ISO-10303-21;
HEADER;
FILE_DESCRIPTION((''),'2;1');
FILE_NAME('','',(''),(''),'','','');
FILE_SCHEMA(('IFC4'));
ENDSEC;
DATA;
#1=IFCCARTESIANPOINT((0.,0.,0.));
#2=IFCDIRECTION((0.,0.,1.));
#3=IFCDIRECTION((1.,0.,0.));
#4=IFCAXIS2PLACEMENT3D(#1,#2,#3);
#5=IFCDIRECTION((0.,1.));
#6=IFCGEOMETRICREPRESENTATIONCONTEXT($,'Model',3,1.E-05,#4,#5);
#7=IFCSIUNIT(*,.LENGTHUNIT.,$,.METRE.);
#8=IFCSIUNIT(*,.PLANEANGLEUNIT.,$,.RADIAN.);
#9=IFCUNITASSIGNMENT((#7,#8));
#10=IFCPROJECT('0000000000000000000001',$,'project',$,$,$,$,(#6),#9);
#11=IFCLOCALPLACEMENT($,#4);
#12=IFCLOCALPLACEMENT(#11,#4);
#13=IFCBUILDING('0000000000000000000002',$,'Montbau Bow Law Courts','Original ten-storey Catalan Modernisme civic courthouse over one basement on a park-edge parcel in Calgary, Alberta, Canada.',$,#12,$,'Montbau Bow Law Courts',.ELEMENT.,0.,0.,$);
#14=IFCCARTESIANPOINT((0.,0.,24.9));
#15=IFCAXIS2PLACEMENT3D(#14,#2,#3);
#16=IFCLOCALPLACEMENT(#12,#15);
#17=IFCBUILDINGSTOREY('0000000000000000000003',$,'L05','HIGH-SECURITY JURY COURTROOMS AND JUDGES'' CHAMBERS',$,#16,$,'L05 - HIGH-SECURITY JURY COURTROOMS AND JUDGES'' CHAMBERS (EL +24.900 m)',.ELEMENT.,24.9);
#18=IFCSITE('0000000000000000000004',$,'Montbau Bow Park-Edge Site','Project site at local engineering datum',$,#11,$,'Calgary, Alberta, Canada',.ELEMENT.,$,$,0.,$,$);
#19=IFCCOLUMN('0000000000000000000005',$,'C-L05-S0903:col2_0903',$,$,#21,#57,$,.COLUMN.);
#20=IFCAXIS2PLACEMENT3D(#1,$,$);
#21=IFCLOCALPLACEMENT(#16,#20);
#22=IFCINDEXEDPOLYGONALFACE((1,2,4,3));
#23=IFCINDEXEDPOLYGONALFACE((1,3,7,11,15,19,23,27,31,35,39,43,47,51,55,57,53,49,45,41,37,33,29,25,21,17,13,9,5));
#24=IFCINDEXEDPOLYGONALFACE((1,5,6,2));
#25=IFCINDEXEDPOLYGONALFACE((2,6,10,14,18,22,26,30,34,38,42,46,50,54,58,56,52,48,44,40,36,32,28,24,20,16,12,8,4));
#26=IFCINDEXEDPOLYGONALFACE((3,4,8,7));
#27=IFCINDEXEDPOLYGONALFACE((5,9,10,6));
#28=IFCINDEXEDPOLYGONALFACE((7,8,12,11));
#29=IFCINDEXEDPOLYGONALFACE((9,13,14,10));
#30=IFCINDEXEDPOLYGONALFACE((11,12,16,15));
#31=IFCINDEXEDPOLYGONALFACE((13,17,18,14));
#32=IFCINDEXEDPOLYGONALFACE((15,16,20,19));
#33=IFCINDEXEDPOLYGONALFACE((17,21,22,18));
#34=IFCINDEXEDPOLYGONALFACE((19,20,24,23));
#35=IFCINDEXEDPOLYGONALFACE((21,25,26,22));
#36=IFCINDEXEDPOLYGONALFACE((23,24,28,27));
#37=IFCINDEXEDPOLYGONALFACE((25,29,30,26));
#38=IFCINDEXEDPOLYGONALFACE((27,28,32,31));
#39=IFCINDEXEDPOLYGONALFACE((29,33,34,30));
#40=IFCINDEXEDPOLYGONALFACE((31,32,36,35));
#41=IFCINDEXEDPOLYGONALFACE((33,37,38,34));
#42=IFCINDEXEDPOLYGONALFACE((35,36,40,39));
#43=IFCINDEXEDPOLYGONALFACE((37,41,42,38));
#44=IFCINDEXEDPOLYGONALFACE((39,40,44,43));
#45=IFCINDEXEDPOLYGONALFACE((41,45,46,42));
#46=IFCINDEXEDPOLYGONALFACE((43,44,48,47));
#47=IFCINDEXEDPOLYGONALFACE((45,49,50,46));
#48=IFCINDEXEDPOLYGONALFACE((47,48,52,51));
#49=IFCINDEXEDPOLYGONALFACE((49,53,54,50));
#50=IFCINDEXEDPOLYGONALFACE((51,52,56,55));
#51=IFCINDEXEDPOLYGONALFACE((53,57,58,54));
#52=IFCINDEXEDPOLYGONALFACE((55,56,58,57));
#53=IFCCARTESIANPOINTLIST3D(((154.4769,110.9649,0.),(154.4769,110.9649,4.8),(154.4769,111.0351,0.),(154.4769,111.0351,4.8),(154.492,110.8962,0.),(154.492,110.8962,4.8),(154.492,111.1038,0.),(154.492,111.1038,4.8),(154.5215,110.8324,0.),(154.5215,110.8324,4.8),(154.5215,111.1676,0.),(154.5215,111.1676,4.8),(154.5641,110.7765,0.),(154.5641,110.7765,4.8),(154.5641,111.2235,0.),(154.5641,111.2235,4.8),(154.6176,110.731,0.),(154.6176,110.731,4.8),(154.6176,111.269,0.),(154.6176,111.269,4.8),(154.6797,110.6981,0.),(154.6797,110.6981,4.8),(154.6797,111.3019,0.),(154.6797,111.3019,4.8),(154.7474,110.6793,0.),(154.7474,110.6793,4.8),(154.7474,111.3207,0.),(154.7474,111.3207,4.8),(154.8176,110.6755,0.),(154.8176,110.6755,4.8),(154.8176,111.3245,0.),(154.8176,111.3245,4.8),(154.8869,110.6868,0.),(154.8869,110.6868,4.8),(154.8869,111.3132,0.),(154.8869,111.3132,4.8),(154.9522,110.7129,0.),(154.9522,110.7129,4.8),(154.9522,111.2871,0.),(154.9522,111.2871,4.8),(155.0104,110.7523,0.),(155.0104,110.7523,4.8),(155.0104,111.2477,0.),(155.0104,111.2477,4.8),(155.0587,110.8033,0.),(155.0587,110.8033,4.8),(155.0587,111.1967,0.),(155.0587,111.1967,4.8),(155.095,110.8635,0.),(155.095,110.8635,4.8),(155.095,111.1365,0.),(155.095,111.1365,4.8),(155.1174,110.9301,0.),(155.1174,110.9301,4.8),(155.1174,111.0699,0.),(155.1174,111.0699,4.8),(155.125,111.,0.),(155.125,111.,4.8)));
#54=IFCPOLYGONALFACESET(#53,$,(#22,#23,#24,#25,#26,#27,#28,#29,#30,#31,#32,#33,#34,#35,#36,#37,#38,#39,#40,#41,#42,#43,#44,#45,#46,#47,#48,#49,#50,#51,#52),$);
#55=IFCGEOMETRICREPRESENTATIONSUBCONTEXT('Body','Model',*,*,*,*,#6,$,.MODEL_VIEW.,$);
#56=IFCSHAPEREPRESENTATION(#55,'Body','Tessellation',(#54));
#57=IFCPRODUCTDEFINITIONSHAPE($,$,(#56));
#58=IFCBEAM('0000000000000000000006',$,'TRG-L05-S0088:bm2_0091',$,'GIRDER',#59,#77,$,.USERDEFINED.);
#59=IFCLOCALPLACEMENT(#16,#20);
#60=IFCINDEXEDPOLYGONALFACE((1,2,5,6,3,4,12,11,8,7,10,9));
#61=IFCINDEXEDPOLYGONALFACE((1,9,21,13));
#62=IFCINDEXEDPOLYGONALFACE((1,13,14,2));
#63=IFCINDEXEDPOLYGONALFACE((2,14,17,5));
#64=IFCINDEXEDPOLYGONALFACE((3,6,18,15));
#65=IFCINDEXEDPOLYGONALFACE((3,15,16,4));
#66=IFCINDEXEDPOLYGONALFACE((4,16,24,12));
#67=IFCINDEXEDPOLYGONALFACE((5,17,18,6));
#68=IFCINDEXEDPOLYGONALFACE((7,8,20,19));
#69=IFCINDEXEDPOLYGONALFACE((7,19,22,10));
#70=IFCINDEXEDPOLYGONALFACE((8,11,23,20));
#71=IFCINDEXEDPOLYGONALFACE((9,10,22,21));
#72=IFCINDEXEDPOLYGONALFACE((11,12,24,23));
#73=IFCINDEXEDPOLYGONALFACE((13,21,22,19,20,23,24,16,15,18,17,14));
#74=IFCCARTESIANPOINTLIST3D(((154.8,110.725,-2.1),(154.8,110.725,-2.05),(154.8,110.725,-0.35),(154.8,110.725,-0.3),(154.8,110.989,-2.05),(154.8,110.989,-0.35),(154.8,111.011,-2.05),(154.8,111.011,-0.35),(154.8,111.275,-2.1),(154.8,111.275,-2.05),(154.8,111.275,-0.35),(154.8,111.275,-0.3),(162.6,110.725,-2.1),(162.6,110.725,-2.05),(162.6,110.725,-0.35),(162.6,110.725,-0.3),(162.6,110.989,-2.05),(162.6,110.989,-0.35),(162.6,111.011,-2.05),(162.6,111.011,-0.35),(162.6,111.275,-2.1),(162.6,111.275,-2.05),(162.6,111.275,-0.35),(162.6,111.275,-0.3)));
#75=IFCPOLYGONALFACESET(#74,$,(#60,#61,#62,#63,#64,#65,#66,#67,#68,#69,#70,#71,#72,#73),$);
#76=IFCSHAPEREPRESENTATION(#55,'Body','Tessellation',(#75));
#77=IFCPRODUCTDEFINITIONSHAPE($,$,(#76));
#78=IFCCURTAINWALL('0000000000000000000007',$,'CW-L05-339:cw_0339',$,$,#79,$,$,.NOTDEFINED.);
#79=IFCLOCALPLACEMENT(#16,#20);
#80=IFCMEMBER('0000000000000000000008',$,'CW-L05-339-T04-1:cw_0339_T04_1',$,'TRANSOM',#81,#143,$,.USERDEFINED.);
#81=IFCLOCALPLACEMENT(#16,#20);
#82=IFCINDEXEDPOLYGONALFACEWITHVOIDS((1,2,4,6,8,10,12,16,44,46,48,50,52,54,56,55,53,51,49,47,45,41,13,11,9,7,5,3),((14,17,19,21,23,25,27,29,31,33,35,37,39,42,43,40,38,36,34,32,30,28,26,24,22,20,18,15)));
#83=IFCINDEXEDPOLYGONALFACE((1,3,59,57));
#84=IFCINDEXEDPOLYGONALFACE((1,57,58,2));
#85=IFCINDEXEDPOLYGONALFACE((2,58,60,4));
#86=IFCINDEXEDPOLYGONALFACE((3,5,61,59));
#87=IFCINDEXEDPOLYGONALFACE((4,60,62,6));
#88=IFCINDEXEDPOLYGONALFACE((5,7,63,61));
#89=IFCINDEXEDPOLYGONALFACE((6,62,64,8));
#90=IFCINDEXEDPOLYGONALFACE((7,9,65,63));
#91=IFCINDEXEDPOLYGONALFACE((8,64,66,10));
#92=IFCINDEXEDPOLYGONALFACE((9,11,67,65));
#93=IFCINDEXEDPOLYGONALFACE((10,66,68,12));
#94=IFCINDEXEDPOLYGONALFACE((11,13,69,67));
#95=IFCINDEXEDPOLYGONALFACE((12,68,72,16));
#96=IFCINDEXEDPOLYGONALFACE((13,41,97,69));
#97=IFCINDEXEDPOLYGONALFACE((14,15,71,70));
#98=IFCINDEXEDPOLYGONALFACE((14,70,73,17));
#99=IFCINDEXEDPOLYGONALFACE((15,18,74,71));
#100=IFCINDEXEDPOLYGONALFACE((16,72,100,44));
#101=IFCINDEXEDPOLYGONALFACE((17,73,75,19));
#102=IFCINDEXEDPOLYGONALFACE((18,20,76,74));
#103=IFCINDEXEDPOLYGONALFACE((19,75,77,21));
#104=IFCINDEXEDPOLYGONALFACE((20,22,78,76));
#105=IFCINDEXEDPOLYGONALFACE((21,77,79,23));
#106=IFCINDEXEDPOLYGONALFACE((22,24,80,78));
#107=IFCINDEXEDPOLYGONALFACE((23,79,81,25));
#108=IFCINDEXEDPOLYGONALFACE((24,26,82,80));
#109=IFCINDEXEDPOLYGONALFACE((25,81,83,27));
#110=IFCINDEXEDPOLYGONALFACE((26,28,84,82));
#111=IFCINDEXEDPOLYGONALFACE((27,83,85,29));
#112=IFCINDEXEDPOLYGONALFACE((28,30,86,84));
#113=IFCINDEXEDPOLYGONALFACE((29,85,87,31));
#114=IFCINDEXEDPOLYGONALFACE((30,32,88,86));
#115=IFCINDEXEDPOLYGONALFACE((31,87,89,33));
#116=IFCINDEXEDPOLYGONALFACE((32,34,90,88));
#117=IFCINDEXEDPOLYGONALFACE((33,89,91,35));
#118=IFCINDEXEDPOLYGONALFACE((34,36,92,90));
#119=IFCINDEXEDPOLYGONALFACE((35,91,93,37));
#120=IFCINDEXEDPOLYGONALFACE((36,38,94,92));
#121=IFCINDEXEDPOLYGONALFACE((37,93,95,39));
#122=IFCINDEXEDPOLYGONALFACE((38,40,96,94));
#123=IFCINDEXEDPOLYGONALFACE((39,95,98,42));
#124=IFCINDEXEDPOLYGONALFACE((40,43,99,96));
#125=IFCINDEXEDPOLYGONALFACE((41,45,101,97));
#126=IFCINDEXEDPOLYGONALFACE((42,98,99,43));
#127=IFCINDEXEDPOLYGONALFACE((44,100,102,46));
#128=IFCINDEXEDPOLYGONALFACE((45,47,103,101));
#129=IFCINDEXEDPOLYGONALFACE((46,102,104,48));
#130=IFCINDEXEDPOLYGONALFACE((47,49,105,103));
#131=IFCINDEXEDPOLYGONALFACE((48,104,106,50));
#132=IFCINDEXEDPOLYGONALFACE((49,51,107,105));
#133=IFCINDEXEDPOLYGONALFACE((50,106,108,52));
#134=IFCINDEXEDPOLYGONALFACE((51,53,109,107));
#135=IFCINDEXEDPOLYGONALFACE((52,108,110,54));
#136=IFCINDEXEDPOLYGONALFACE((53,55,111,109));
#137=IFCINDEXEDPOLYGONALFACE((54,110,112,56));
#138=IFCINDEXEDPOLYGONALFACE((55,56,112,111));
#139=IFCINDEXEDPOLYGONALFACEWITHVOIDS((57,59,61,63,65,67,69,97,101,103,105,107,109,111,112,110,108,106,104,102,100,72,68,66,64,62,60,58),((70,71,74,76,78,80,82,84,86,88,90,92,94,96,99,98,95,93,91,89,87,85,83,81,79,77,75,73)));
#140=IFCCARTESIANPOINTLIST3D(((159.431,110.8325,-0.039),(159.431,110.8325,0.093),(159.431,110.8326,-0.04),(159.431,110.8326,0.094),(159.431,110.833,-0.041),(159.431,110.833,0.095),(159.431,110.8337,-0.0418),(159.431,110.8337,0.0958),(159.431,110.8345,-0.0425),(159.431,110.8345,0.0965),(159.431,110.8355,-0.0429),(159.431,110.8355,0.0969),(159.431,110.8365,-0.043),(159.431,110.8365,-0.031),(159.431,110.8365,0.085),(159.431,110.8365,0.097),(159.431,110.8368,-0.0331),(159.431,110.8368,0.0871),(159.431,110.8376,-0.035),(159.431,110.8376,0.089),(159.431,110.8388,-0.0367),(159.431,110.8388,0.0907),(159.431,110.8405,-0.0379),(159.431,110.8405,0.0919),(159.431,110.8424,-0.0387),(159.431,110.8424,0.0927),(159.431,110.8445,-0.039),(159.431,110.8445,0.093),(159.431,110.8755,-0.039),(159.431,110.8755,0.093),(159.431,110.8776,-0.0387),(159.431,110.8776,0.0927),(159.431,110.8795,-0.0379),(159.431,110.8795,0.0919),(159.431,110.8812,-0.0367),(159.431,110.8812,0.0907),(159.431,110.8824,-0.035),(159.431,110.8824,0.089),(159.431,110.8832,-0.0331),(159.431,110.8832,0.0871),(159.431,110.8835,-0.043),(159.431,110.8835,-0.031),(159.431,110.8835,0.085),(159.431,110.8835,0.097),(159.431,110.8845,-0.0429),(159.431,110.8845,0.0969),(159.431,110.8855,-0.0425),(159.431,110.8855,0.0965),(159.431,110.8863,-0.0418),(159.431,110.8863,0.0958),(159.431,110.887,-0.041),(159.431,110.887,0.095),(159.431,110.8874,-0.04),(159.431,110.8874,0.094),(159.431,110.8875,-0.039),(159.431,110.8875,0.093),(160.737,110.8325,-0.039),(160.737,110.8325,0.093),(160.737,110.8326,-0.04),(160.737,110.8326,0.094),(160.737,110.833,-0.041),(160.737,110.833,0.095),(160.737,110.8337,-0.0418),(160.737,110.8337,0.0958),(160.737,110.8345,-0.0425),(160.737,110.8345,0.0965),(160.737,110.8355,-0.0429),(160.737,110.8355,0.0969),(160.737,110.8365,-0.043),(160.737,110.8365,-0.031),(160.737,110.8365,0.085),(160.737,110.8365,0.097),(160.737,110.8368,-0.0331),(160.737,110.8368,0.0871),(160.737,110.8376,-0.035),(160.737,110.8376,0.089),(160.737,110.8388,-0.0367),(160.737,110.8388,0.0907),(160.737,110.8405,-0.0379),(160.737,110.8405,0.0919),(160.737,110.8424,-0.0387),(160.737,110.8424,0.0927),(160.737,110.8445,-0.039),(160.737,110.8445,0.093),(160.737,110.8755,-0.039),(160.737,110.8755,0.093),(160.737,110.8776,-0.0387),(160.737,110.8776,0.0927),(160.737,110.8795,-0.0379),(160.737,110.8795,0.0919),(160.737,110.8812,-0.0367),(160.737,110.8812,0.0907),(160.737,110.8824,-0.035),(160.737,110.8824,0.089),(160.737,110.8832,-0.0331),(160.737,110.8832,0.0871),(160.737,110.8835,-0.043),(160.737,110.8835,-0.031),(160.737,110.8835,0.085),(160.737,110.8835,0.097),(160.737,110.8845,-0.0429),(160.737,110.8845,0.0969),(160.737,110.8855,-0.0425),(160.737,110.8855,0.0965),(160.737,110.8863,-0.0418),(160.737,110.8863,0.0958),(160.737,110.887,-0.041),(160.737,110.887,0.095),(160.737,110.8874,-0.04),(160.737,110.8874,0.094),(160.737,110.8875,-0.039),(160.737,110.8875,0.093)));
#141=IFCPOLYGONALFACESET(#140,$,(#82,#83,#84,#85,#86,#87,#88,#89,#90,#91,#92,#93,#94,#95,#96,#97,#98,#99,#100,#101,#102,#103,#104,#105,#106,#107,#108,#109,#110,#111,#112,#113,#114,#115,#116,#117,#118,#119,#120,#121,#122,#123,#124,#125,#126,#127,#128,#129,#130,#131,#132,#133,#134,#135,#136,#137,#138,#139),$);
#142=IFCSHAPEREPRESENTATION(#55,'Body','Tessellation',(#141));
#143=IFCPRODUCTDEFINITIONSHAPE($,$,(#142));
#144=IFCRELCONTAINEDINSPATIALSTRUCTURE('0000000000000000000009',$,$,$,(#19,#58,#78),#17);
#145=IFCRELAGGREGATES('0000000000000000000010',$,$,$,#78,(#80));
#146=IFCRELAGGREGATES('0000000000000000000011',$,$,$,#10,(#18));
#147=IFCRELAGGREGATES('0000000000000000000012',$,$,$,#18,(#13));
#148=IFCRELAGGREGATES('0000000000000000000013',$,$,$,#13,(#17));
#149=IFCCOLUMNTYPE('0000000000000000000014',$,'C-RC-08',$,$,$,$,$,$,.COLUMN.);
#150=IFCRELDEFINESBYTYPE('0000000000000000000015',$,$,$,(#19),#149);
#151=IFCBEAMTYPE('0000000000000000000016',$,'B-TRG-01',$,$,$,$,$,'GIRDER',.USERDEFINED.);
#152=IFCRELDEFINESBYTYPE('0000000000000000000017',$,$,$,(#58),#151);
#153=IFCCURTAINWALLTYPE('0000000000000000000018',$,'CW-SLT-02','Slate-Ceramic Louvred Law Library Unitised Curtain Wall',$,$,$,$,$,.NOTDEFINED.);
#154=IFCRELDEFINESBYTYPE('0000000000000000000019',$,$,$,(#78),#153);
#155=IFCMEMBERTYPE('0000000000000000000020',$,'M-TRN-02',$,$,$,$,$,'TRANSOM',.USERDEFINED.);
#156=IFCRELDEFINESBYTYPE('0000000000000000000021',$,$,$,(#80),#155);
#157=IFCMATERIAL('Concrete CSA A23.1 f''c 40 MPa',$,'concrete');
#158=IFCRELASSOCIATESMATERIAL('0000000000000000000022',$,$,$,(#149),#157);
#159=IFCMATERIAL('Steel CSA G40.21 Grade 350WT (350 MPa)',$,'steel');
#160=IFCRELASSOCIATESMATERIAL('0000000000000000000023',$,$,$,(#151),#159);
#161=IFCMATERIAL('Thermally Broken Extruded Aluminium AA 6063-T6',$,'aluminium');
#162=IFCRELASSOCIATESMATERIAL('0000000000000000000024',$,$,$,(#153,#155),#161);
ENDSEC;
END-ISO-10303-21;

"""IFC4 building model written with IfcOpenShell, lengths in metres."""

from ifc_helpers import new_model, si_unit, direction, frame, origin_with_axes, origin_2d_with_axis, place, context, subcontext, project, spatial, hollow_rectangle, circle, i_section, extrude, material, material_profile, profile_set, type_object, element, aggregate, save


model = new_model("IFC4")

# Units and contexts
model_context = context("Model", 3, precision=1e-05, world=origin_with_axes(), true_north=direction((0.0, 1.0)))
body_context = subcontext(model_context, "Body", "Model", "MODEL_VIEW")
ifc_project = project(units=[si_unit("LENGTHUNIT", "METRE"), si_unit("PLANEANGLEUNIT", "RADIAN")], contexts=[model_context])

# Site, building, storey
site_placement = place(None, origin_with_axes())
site = spatial("IfcSite", under=ifc_project, at=site_placement, Name="Montbau Bow Park-Edge Site", Description="Project site at local engineering datum", LongName="Calgary, Alberta, Canada", CompositionType="ELEMENT", RefElevation=0.0)
building_placement = place(site_placement, origin_with_axes())
building = spatial("IfcBuilding", under=site, at=building_placement, Name="Montbau Bow Law Courts", Description="Original ten-storey Catalan Modernisme civic courthouse over one basement on a park-edge parcel in Calgary, Alberta, Canada.", LongName="Montbau Bow Law Courts", CompositionType="ELEMENT", ElevationOfRefHeight=0.0, ElevationOfTerrain=0.0)
storey_placement = place(building_placement, frame((0.0, 0.0, 24.9), z_axis=(0.0, 0.0, 1.0), x_axis=(1.0, 0.0, 0.0)))
storey = spatial("IfcBuildingStorey", under=building, at=storey_placement, Name="L05", Description="HIGH-SECURITY JURY COURTROOMS AND JUDGES' CHAMBERS", LongName="L05 - HIGH-SECURITY JURY COURTROOMS AND JUDGES' CHAMBERS (EL +24.900 m)", CompositionType="ELEMENT", Elevation=24.9)

# Column
ifc_material_1 = material(Name="Concrete CSA A23.1 f'c 40 MPa", Category="concrete")
ifc_material_profile_1 = material_profile(ifc_material_1, circle(Radius=0.325, at=origin_2d_with_axis()), Name="RC650D", Category="Main", Priority=0)
ifc_profile_set_1 = profile_set([ifc_material_profile_1], Name="Concrete CSA A23.1 f'c 40 MPa")
column_type = type_object("IfcColumnType", Name="C-RC-08", PredefinedType="COLUMN", material=ifc_profile_set_1)
column_placement = place(None, frame((154.8, 111.0, 24.9), z_axis=(0.0, 0.0, 1.0), x_axis=(1.0, 0.0, 0.0)))
element("IfcColumn", 1, at=column_placement, inside=storey, type_object=column_type, Name="C-L05-S0903:col2_0903", PredefinedType="COLUMN", context=body_context, shape_type="SweptSolid", body=[
    extrude(circle(Radius=0.325, at=origin_2d_with_axis()), origin_with_axes(), (0.0, 0.0, 1.0), 4.8),
])

# Beam
ifc_material_2 = material(Name="Steel CSA G40.21 Grade 350WT (350 MPa)", Category="steel")
ifc_material_profile_2 = material_profile(ifc_material_2, i_section(OverallWidth=0.55, OverallDepth=1.8, WebThickness=0.022, FlangeThickness=0.05, at=origin_2d_with_axis()), Name="WWF1800X550", Category="Main", Priority=0)
ifc_profile_set_2 = profile_set([ifc_material_profile_2], Name="Steel CSA G40.21 Grade 350WT (350 MPa)")
beam_type = type_object("IfcBeamType", Name="B-TRG-01", ElementType="GIRDER", PredefinedType="USERDEFINED", material=ifc_profile_set_2)
beam_placement = place(None, frame((154.8, 111.0, 23.7), z_axis=(1.0, 0.0, 0.0), x_axis=(0.0, 1.0, 0.0)))
element("IfcBeam", 2, at=beam_placement, inside=storey, type_object=beam_type, Name="TRG-L05-S0088:bm2_0091", ObjectType="GIRDER", PredefinedType="USERDEFINED", context=body_context, shape_type="SweptSolid", body=[
    extrude(i_section(OverallWidth=0.55, OverallDepth=1.8, WebThickness=0.022, FlangeThickness=0.05, at=origin_2d_with_axis()), origin_with_axes(), (0.0, 0.0, 1.0), 7.8),
])

# Curtain wall, member
ifc_material_3 = material(Name="Thermally Broken Extruded Aluminium AA 6063-T6", Category="aluminium")
curtain_wall_type = type_object("IfcCurtainWallType", Name="CW-SLT-02", Description="Slate-Ceramic Louvred Law Library Unitised Curtain Wall", PredefinedType="NOTDEFINED", material=ifc_material_3)
curtain_wall_placement = place(None, frame((155.24, 110.86, 24.9), z_axis=(0.0, 0.0, 1.0), x_axis=(1.0, 0.0, 0.0)))
curtain_wall = element("IfcCurtainWall", 3, at=curtain_wall_placement, inside=storey, type_object=curtain_wall_type, Name="CW-L05-339:cw_0339", PredefinedType="NOTDEFINED")
ifc_material_profile_3 = material_profile(ifc_material_3, hollow_rectangle(XDim=0.055, YDim=0.14, WallThickness=0.004, InnerFilletRadius=0.008, OuterFilletRadius=0.004, at=origin_2d_with_axis()), Name="CWT-140X55", Category="Main", Priority=0)
ifc_profile_set_3 = profile_set([ifc_material_profile_3], Name="Thermally Broken Extruded Aluminium AA 6063-T6")
member_type = type_object("IfcMemberType", Name="M-TRN-02", ElementType="TRANSOM", PredefinedType="USERDEFINED", material=ifc_profile_set_3)
member_1_placement = place(None, frame((159.431, 110.86, 24.927), z_axis=(1.0, 0.0, 0.0), x_axis=(0.0, 1.0, 0.0)))
member_1 = element("IfcMember", 4, at=member_1_placement, type_object=member_type, Name="CW-L05-339-T04-1:cw_0339_T04_1", ObjectType="TRANSOM", PredefinedType="USERDEFINED", context=body_context, shape_type="SweptSolid", body=[
    extrude(hollow_rectangle(XDim=0.055, YDim=0.14, WallThickness=0.004, InnerFilletRadius=0.008, OuterFilletRadius=0.004, at=origin_2d_with_axis()), origin_with_axes(), (0.0, 0.0, 1.0), 1.306),
])
aggregate(curtain_wall, [member_1])

save(model, "model.ifc")
